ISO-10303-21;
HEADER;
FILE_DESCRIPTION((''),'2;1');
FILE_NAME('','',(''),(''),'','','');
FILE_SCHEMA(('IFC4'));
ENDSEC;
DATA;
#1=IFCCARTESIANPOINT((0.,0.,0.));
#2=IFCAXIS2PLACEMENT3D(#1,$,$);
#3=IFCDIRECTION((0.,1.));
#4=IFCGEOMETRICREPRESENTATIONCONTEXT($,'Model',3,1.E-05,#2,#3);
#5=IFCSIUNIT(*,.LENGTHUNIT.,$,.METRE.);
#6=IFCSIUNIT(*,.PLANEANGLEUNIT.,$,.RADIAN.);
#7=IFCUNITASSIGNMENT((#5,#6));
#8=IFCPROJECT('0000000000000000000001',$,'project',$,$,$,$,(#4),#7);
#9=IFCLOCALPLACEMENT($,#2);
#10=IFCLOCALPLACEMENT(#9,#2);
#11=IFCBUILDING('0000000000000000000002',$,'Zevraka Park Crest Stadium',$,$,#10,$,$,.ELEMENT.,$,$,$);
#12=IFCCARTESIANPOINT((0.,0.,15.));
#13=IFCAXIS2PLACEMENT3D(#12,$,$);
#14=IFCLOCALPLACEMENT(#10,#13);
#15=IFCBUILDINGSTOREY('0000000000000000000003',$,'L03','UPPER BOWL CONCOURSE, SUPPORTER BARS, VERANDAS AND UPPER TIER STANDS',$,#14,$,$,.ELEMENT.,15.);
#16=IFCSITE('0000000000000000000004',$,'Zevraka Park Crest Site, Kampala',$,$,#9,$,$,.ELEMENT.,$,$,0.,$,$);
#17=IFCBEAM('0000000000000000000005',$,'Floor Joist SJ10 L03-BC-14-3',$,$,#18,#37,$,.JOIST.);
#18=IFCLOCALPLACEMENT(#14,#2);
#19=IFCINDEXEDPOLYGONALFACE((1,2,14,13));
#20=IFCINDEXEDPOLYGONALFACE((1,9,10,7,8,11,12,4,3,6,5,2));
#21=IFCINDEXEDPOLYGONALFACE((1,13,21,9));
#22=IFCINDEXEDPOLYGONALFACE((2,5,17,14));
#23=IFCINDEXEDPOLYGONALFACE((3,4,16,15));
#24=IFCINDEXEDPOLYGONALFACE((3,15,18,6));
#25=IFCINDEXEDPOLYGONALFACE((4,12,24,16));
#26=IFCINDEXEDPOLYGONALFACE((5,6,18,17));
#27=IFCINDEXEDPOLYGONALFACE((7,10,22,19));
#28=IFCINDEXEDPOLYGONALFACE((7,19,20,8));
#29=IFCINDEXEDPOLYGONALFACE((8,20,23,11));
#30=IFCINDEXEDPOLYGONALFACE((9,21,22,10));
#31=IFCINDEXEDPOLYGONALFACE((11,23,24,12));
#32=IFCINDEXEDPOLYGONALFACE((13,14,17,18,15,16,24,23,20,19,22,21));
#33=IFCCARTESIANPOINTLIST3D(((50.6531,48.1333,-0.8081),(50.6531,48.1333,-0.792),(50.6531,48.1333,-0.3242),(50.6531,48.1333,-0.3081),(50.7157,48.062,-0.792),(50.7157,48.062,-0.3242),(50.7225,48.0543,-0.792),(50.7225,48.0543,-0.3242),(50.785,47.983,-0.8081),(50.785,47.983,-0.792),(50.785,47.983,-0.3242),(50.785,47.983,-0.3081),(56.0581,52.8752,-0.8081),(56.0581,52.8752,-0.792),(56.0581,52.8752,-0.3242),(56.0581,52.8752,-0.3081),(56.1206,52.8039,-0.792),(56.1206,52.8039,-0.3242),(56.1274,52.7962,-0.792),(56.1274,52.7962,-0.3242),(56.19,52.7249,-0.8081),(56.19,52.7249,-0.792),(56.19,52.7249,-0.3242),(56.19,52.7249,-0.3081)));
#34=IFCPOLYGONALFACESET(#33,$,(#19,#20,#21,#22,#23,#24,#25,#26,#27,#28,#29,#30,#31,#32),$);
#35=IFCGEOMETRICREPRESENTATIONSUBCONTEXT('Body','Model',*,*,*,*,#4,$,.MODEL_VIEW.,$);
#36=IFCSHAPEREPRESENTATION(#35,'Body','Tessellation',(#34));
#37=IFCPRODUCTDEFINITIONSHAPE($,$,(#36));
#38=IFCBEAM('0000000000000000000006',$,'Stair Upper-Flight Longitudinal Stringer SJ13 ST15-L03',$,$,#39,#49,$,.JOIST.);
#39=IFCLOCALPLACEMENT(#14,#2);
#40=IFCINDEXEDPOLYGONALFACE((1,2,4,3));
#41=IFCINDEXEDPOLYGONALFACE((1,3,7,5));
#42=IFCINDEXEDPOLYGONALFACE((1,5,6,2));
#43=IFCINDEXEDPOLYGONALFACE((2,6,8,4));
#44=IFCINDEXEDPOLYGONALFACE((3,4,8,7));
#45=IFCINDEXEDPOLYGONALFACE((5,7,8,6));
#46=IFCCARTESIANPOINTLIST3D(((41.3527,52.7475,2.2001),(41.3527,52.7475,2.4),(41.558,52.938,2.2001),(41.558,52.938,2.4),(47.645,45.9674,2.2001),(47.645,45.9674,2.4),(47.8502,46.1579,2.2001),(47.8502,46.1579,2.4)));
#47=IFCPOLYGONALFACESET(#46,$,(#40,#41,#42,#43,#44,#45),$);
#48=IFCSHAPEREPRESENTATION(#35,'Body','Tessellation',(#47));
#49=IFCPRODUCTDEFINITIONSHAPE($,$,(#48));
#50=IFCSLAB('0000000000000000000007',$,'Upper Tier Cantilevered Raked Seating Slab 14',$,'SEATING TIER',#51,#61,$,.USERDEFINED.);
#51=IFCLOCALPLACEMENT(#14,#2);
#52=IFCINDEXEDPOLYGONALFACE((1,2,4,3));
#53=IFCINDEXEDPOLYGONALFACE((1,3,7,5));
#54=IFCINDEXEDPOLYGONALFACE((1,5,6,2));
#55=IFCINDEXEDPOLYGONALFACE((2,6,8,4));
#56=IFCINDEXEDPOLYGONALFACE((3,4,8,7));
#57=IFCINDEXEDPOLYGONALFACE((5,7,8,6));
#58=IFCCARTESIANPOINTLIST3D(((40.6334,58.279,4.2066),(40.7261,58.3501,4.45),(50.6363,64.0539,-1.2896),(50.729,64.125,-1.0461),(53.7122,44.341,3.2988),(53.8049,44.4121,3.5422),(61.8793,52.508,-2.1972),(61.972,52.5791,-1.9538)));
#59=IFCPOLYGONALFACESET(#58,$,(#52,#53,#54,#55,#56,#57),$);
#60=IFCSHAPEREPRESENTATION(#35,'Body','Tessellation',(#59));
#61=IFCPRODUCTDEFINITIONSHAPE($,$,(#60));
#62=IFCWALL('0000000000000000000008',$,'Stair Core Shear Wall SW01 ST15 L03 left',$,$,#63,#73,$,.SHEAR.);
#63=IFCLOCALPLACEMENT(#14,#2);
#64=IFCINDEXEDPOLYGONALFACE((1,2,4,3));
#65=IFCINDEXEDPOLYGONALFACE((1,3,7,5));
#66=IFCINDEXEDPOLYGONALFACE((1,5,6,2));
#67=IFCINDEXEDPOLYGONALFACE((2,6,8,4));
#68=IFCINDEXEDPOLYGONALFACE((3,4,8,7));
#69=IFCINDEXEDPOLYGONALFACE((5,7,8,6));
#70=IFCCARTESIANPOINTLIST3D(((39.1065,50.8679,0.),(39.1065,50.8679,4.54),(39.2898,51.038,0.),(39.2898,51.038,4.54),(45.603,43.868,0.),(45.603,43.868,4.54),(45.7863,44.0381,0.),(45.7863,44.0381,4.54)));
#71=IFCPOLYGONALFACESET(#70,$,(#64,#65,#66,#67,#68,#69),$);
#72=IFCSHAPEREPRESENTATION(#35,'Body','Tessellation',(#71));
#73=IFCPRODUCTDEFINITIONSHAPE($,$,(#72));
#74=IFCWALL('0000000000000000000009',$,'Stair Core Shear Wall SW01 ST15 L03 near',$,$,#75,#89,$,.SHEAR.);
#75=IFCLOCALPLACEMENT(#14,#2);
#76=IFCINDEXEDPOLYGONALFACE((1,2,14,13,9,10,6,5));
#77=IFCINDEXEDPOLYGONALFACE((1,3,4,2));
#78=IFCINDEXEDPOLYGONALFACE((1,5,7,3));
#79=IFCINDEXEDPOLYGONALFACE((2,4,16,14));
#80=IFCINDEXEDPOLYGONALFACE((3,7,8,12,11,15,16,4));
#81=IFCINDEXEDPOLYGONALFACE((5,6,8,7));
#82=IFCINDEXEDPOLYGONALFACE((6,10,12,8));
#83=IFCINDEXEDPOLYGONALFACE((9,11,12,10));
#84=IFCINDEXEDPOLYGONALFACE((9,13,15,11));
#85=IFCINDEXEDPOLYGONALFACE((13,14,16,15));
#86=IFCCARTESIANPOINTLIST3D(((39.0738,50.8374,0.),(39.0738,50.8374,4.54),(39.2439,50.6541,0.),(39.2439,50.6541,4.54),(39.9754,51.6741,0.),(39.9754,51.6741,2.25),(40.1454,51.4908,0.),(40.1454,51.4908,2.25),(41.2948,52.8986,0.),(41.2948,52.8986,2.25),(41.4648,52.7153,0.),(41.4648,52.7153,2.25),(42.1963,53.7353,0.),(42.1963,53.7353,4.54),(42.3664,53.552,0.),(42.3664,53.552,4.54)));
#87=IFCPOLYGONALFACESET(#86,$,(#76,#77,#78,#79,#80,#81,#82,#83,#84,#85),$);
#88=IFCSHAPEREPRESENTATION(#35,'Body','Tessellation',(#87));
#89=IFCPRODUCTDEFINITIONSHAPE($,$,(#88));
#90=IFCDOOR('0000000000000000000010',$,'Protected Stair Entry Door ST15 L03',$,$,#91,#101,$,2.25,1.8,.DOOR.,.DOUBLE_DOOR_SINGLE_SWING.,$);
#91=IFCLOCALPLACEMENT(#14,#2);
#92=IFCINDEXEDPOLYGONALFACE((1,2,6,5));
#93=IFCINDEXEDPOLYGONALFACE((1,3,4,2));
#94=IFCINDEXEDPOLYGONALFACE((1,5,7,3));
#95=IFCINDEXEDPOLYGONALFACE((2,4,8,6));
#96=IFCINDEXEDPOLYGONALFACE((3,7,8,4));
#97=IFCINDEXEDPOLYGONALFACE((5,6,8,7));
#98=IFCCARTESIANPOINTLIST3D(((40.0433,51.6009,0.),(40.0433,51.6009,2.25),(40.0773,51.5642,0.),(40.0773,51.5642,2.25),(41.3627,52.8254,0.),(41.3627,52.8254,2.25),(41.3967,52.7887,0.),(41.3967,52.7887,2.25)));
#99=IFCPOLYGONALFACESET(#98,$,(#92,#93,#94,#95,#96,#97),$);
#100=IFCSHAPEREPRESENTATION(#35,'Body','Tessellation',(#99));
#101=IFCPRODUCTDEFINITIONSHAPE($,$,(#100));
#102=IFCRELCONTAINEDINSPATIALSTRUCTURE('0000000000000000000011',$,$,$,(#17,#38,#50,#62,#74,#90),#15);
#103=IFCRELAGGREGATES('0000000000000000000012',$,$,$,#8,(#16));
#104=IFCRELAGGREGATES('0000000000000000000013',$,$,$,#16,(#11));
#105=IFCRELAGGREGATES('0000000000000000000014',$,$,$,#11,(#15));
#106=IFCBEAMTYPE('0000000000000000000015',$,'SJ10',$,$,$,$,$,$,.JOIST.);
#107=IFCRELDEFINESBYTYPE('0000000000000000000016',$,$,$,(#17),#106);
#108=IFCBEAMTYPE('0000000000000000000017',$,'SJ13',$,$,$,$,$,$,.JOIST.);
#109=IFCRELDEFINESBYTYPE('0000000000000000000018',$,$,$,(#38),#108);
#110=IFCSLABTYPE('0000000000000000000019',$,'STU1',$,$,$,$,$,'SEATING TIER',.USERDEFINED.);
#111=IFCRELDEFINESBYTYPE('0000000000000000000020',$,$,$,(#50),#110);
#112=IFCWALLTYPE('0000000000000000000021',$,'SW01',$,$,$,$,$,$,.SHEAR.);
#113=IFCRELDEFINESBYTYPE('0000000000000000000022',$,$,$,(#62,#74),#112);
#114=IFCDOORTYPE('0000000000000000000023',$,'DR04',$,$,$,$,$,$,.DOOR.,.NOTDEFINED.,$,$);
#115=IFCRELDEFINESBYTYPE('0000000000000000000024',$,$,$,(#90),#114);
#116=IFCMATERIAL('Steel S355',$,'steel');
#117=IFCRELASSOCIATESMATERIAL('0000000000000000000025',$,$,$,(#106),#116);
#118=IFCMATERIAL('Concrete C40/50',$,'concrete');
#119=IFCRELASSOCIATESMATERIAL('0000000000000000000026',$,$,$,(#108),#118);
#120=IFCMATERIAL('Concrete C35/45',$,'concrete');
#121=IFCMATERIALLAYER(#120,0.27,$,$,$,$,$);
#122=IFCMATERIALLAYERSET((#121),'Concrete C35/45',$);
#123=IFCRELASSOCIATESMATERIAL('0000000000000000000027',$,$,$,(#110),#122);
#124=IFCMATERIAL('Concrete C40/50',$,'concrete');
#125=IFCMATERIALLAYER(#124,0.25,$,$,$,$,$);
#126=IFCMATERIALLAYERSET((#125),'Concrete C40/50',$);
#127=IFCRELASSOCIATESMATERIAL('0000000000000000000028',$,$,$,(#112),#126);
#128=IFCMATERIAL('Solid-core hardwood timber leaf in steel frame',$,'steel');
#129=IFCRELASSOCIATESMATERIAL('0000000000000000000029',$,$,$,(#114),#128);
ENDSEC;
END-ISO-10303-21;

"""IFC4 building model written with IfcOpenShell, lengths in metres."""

from ifc_helpers import new_model, si_unit, direction, frame, frame_2d, origin, origin_2d, place, context, subcontext, project, spatial, polyline, rectangle, i_section, outline, extrude, material, layer, layer_set, material_profile, profile_set, type_object, element, fill, save


model = new_model("IFC4")

# Units and contexts
model_context = context("Model", 3, precision=1e-05, world=origin(), true_north=direction((0.0, 1.0)))
body_context = subcontext(model_context, "Body", "Model", "MODEL_VIEW")
ifc_project = project(units=[si_unit("LENGTHUNIT", "METRE"), si_unit("PLANEANGLEUNIT", "RADIAN")], contexts=[model_context])

# Site, building, storey
site_placement = place(None, origin())
site = spatial("IfcSite", under=ifc_project, at=site_placement, Name="Zevraka Park Crest Site, Kampala", CompositionType="ELEMENT", RefElevation=0.0)
building_placement = place(site_placement, origin())
building = spatial("IfcBuilding", under=site, at=building_placement, Name="Zevraka Park Crest Stadium", CompositionType="ELEMENT")
storey_placement = place(building_placement, frame((0.0, 0.0, 15.0)))
storey = spatial("IfcBuildingStorey", under=building, at=storey_placement, Name="L03", Description="UPPER BOWL CONCOURSE, SUPPORTER BARS, VERANDAS AND UPPER TIER STANDS", CompositionType="ELEMENT", Elevation=15.0)

# Beams
ifc_material_1 = material(Name="Steel S355", Category="steel")
ifc_material_profile_1 = material_profile(ifc_material_1, i_section(OverallWidth=0.2, OverallDepth=0.5, WebThickness=0.0103, FlangeThickness=0.0161, at=origin_2d()), Name="IPE 500")
ifc_profile_set_1 = profile_set([ifc_material_profile_1], Name="Steel S355")
beam_type_1 = type_object("IfcBeamType", Name="SJ10", PredefinedType="JOIST", material=ifc_profile_set_1)
beam_1_placement = place(storey_placement, frame((56.124, 52.8, -0.5581), z_axis=(-0.751712, -0.659492, 0.0), x_axis=(0.659492, -0.751712, 0.0)))
element("IfcBeam", 1, at=beam_1_placement, inside=storey, type_object=beam_type_1, Name="Floor Joist SJ10 L03-BC-14-3", PredefinedType="JOIST", context=body_context, shape_type="SweptSolid", body=[
    extrude(i_section(OverallWidth=0.2, OverallDepth=0.5, WebThickness=0.0103, FlangeThickness=0.0161, at=origin_2d()), origin(), (0.0, 0.0, 1.0), 7.1902),
])
ifc_material_2 = material(Name="Concrete C40/50", Category="concrete")
ifc_material_profile_2 = material_profile(ifc_material_2, rectangle(XDim=0.28, YDim=0.2, at=origin_2d()), Name="RC 200x280")
ifc_profile_set_2 = profile_set([ifc_material_profile_2], Name="Concrete C40/50")
beam_type_2 = type_object("IfcBeamType", Name="SJ13", PredefinedType="JOIST", material=ifc_profile_set_2)
beam_2_placement = place(storey_placement, frame((41.4553, 52.8428, 2.3), z_axis=(0.680248, -0.732982, 0.0), x_axis=(0.732982, 0.680248, 0.0)))
element("IfcBeam", 2, at=beam_2_placement, inside=storey, type_object=beam_type_2, Name="Stair Upper-Flight Longitudinal Stringer SJ13 ST15-L03", PredefinedType="JOIST", context=body_context, shape_type="SweptSolid", body=[
    extrude(rectangle(XDim=0.28, YDim=0.2, at=origin_2d()), origin(), (0.0, 0.0, 1.0), 9.25),
])

# Slab
ifc_material_3 = material(Name="Concrete C35/45", Category="concrete")
ifc_layer_1 = layer(ifc_material_3, 0.27)
ifc_layer_set_1 = layer_set([ifc_layer_1], Name="Concrete C35/45")
slab_type = type_object("IfcSlabType", Name="STU1", ElementType="SEATING TIER", PredefinedType="USERDEFINED", material=ifc_layer_set_1)
slab_1_placement = place(storey_placement, frame((50.729, 64.125, -1.0461), z_axis=(0.343286, 0.263407, 0.901538), x_axis=(0.696542, -0.715309, -0.056232)))
element("IfcSlab", 3, at=slab_1_placement, inside=storey, type_object=slab_type, Name="Upper Tier Cantilevered Raked Seating Slab 14", ObjectType="SEATING TIER", PredefinedType="USERDEFINED", context=body_context, shape_type="SweptSolid", body=[
    extrude(outline(polyline([(0.0, 0.0), (16.1411, 0.0), (15.9853, -12.7899), (-3.1457, -12.3984), (0.0, 0.0)])), origin(), (0.0, 0.0, -1.0), 0.27),
])

# Wall
ifc_material_4 = material(Name="Concrete C40/50", Category="concrete")
ifc_layer_2 = layer(ifc_material_4, 0.25)
ifc_layer_set_2 = layer_set([ifc_layer_2], Name="Concrete C40/50")
wall_type = type_object("IfcWallType", Name="SW01", PredefinedType="SHEAR", material=ifc_layer_set_2)
wall_1_placement = place(storey_placement, frame((39.1982, 50.9529, 0.0), z_axis=(0.0, 0.0, 1.0), x_axis=(0.680259, -0.732972, 0.0)))
element("IfcWall", 4, at=wall_1_placement, inside=storey, type_object=wall_type, Name="Stair Core Shear Wall SW01 ST15 L03 left", PredefinedType="SHEAR", context=body_context, shape_type="SweptSolid", body=[
    extrude(rectangle(XDim=9.55, YDim=0.25, at=frame_2d((4.7749, 0.0))), origin(), (0.0, 0.0, 1.0), 4.54),
])

# Wall, opening, door
wall_2_placement = place(storey_placement, frame((42.2812, 53.6436, 0.0), z_axis=(0.0, 0.0, 1.0), x_axis=(-0.732977, -0.680253, 0.0)))
wall_2 = element("IfcWall", 5, at=wall_2_placement, inside=storey, type_object=wall_type, Name="Stair Core Shear Wall SW01 ST15 L03 near", PredefinedType="SHEAR", context=body_context, shape_type="SweptSolid", body=[
    extrude(rectangle(XDim=4.26, YDim=0.25, at=frame_2d((2.1299, 0.0))), origin(), (0.0, 0.0, 1.0), 4.54),
])
opening_placement = place(wall_2_placement, frame((1.23, 0.0, 0.0)))
opening = element("IfcOpeningElement", 6, at=opening_placement, cuts=wall_2, PredefinedType="OPENING", context=body_context, shape_type="SweptSolid", body=[
    extrude(rectangle(XDim=1.8, YDim=2.25, at=frame_2d((0.8999, 1.125))), frame((0.0, 0.135, 0.0), z_axis=(0.0, -1.0, 0.0), x_axis=(1.0, 0.0, 0.0)), (0.0, 0.0, 1.0), 0.27),
])
ifc_material_5 = material(Name="Solid-core hardwood timber leaf in steel frame", Category="steel")
door_type = type_object("IfcDoorType", Name="DR04", OperationType="NOTDEFINED", PredefinedType="DOOR", material=ifc_material_5)
door_placement = place(opening_placement, origin())
door = element("IfcDoor", 7, at=door_placement, inside=storey, type_object=door_type, Name="Protected Stair Entry Door ST15 L03", OperationType="DOUBLE_DOOR_SINGLE_SWING", OverallHeight=2.25, OverallWidth=1.8, PredefinedType="DOOR", context=body_context, shape_type="SweptSolid", body=[
    extrude(rectangle(XDim=1.8, YDim=2.25, at=frame_2d((0.8999, 1.125))), frame((0.0, 0.0249, 0.0), z_axis=(0.0, -1.0, 0.0), x_axis=(1.0, 0.0, 0.0)), (0.0, 0.0, 1.0), 0.05),
])
fill(opening, door)

save(model, "model.ifc")
